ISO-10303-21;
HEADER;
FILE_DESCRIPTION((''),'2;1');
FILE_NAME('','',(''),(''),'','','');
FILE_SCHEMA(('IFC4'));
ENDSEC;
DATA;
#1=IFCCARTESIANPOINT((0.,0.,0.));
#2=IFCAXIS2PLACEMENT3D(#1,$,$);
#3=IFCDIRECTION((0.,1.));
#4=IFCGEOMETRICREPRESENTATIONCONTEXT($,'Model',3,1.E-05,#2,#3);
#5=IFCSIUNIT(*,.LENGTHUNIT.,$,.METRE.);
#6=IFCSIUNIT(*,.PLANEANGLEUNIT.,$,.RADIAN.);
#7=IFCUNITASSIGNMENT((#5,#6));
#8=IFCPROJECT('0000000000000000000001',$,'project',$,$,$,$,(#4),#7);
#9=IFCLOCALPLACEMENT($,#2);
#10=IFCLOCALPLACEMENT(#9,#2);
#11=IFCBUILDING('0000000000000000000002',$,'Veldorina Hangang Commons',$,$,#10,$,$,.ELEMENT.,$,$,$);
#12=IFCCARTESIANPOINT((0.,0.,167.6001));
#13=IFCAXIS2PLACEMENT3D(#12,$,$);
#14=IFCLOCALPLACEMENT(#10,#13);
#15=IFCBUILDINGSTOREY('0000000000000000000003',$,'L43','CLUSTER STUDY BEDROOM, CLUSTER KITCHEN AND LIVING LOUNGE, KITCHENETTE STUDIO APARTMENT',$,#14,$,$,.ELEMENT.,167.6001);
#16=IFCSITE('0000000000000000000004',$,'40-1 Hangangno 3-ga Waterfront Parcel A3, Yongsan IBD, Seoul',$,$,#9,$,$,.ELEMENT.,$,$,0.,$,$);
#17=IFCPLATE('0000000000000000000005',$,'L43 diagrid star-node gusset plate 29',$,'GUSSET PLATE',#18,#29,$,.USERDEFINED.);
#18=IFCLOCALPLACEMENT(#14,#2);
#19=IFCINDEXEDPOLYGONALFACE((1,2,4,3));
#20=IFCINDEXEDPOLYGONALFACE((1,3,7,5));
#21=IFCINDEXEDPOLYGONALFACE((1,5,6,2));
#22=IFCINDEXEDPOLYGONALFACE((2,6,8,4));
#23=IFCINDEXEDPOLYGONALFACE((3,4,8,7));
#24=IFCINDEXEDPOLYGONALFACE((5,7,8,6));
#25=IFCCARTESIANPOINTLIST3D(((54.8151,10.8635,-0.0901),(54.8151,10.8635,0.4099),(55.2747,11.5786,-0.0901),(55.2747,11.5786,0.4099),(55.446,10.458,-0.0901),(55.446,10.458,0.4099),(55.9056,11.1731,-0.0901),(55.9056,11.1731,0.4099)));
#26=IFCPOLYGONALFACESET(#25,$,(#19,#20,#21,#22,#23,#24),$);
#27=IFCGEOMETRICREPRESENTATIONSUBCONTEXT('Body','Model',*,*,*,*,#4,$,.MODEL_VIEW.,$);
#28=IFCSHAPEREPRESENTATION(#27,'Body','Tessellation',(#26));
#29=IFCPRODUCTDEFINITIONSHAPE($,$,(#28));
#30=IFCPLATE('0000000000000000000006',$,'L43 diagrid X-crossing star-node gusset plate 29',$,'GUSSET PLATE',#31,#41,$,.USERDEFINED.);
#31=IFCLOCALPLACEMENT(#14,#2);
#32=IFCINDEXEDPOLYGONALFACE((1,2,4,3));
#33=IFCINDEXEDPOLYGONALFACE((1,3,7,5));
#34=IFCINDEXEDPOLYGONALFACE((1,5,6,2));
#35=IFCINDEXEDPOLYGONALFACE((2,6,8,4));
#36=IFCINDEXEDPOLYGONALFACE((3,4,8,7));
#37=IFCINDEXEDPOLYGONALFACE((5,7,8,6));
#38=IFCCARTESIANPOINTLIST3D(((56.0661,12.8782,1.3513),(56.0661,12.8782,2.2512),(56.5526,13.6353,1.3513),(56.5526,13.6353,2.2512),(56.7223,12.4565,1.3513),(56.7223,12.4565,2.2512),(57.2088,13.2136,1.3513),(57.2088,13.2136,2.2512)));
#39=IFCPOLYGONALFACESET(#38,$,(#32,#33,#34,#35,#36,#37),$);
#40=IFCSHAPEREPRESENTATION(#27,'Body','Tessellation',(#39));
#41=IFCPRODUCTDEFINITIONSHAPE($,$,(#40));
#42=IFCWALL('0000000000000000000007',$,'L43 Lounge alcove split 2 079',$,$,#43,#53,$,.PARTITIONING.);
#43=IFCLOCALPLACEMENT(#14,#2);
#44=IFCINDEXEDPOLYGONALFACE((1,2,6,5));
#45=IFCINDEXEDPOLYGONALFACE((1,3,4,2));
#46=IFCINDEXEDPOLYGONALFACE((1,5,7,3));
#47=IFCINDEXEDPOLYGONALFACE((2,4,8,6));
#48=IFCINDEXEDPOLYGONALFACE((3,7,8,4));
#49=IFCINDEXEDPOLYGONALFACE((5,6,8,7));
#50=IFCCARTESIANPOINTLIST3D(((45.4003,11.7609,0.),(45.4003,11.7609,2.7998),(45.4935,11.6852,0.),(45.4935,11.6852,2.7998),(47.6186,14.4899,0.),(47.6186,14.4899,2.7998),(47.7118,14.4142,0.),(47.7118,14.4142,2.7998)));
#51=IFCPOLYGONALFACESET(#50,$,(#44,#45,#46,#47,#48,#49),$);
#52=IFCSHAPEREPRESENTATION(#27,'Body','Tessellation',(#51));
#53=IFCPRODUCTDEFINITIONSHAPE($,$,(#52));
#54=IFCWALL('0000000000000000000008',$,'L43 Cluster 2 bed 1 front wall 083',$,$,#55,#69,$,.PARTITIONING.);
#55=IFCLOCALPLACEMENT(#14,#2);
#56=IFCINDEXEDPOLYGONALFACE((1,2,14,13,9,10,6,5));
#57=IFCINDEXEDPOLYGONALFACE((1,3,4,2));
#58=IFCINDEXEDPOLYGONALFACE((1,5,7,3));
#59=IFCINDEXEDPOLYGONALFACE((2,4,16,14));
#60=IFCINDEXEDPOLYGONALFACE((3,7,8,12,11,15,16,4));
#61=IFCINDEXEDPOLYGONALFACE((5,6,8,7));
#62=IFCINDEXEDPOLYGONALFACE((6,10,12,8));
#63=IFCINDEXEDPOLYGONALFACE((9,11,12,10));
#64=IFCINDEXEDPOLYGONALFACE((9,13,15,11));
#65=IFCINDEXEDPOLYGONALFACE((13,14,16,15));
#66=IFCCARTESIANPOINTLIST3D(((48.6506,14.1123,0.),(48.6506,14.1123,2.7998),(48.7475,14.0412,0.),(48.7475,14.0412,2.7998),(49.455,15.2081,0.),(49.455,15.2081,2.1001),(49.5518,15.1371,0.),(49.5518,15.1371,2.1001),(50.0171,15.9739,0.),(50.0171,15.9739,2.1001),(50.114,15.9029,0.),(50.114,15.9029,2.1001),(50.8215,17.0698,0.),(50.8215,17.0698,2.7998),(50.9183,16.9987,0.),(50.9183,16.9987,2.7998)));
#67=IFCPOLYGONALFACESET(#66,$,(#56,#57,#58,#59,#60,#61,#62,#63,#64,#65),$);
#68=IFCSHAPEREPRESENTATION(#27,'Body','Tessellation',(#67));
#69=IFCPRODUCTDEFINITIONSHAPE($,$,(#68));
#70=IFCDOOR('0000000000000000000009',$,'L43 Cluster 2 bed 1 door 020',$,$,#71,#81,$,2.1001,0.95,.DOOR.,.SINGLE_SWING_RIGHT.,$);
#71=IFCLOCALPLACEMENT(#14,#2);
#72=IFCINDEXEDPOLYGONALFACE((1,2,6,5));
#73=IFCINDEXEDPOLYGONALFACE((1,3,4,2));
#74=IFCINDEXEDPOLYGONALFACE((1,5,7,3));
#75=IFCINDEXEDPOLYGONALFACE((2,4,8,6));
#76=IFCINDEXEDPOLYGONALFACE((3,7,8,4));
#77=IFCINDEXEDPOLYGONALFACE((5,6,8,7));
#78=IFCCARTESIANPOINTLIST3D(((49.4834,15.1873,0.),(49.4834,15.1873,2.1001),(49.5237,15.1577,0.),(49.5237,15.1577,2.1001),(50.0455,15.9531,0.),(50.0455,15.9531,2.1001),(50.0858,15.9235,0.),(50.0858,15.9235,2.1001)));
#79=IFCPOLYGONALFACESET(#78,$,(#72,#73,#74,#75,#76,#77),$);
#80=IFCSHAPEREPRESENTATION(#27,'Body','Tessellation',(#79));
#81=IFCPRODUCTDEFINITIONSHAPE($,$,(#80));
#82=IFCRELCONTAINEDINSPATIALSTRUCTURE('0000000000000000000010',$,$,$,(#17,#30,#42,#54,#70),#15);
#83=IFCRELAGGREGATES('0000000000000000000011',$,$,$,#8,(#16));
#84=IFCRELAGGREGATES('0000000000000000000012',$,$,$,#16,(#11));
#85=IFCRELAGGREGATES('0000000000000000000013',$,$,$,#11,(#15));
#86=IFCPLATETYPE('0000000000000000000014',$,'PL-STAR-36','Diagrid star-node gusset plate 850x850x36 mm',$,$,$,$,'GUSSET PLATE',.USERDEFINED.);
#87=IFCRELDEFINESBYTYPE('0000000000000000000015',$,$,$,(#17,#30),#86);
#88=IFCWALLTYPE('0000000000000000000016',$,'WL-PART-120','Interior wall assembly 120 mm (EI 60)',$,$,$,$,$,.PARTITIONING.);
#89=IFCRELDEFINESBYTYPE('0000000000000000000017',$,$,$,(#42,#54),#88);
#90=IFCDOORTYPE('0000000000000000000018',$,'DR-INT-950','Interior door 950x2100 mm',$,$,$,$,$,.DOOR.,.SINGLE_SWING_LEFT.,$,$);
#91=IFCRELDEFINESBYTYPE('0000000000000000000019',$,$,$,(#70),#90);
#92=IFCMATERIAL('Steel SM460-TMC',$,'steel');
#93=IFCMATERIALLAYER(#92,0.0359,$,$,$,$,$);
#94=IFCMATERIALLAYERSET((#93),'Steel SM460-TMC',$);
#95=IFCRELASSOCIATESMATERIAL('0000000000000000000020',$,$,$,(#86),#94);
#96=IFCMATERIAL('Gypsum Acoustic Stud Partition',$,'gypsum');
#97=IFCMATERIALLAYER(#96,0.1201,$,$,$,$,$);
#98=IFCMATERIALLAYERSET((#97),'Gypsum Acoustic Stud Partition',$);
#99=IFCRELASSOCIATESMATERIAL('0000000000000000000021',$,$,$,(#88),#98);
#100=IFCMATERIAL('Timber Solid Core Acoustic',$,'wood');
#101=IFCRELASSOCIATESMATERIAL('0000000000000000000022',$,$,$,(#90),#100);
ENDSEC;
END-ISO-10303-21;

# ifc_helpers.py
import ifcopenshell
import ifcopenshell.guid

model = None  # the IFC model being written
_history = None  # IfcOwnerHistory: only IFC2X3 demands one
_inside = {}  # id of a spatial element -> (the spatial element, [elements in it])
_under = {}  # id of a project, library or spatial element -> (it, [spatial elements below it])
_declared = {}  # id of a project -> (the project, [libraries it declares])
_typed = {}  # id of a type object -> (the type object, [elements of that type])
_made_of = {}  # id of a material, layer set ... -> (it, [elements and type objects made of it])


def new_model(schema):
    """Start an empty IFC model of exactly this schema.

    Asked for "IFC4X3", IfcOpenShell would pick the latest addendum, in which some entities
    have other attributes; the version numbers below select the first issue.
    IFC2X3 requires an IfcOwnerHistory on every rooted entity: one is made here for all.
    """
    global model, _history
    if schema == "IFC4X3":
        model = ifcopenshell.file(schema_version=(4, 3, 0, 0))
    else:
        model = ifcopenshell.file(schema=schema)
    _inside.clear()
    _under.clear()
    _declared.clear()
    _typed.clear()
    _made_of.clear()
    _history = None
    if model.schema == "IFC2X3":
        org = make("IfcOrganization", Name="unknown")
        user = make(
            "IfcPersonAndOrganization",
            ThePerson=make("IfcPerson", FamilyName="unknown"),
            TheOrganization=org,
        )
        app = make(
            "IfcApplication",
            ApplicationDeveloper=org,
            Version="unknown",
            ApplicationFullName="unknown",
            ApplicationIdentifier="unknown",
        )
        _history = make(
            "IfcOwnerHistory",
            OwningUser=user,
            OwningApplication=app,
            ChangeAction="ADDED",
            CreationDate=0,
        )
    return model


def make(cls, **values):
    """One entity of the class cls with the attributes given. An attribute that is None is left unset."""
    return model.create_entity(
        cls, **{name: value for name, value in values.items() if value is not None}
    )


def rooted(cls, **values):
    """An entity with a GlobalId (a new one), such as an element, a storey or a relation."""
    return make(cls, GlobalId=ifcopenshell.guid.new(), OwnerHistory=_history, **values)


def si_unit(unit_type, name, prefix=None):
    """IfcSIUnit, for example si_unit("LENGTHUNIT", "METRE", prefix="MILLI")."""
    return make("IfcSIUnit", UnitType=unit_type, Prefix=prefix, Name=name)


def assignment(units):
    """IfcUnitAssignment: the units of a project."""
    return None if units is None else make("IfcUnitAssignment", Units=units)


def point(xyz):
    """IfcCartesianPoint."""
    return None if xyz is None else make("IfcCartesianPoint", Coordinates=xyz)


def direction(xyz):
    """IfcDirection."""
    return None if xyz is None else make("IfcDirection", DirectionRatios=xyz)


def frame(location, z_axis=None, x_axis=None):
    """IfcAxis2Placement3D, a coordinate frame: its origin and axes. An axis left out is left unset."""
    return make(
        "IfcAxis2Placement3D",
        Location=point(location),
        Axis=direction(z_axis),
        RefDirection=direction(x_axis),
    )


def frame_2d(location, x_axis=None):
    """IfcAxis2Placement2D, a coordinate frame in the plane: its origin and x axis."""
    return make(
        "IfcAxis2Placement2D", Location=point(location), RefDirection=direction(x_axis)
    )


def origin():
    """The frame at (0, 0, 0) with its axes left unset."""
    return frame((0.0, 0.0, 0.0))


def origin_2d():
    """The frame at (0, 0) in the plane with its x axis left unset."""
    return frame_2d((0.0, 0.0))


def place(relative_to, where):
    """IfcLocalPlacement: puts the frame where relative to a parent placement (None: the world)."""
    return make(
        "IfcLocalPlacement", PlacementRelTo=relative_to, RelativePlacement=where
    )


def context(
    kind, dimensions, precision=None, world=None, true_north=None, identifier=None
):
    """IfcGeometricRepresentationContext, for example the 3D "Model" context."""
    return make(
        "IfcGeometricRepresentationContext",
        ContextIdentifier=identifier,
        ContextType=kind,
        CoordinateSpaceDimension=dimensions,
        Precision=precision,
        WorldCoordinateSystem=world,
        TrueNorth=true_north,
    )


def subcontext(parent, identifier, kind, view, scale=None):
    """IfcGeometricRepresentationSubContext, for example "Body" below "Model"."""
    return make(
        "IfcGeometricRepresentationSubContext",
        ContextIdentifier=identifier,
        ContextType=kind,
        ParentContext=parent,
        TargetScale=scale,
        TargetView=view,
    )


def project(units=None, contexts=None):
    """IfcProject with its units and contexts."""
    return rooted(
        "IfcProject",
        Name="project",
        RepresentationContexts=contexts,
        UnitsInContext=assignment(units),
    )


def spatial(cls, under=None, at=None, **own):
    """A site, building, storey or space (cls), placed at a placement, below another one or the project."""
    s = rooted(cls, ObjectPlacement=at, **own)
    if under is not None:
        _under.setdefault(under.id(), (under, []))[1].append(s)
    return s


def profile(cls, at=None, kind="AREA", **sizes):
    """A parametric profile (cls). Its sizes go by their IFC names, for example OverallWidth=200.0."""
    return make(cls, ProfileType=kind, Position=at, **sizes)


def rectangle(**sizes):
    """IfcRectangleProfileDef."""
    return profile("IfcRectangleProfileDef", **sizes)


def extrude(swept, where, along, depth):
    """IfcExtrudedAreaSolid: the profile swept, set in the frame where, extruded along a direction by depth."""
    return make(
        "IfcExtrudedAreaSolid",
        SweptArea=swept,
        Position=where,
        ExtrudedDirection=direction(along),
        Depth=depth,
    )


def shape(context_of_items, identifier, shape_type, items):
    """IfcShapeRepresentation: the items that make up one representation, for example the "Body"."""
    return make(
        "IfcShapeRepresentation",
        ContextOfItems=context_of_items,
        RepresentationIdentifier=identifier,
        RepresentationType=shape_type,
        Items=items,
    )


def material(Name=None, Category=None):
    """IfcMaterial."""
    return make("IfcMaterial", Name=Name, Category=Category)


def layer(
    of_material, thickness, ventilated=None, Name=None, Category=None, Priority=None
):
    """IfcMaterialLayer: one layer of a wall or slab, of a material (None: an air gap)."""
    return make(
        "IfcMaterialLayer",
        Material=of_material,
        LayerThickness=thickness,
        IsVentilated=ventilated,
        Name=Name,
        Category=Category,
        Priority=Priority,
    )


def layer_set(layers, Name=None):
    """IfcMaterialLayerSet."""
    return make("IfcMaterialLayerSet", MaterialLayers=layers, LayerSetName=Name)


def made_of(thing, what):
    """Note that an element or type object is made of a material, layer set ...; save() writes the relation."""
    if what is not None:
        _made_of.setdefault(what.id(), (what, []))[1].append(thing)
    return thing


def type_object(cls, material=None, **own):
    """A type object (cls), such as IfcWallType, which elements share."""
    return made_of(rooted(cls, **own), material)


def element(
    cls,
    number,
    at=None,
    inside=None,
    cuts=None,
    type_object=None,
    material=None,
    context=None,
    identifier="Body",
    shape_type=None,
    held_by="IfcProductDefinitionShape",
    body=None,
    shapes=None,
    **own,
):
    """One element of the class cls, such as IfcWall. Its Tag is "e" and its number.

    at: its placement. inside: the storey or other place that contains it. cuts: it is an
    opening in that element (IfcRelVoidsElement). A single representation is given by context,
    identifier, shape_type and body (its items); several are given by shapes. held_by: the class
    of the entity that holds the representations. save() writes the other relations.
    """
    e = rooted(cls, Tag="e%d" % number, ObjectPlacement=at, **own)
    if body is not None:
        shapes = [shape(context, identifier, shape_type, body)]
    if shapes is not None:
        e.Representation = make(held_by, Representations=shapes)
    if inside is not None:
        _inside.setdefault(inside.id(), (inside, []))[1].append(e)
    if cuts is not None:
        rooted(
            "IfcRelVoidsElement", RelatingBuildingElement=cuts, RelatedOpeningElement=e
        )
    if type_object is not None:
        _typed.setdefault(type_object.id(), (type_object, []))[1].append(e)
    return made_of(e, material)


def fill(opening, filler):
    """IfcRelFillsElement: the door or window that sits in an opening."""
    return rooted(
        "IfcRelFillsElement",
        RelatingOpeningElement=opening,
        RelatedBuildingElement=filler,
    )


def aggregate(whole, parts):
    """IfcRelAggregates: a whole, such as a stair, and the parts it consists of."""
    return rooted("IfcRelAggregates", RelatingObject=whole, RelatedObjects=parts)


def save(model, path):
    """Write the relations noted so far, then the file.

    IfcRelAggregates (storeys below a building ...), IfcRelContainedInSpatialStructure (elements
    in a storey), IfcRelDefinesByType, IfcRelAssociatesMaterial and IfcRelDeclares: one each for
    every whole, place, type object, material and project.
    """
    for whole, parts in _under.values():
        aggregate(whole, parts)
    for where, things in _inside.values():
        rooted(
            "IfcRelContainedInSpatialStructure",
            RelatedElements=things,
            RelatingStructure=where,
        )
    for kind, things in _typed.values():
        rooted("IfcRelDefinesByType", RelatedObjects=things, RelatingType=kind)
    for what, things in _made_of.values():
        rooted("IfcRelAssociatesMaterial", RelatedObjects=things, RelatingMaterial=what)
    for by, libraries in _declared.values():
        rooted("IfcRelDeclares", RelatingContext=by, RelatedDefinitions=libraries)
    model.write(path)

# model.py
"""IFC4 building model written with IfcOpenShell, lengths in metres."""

from ifc_helpers import new_model, si_unit, direction, frame, frame_2d, origin, origin_2d, place, context, subcontext, project, spatial, rectangle, extrude, material, layer, layer_set, type_object, element, fill, save


model = new_model("IFC4")

# Units and contexts
model_context = context("Model", 3, precision=1e-05, world=origin(), true_north=direction((0.0, 1.0)))
body_context = subcontext(model_context, "Body", "Model", "MODEL_VIEW")
ifc_project = project(units=[si_unit("LENGTHUNIT", "METRE"), si_unit("PLANEANGLEUNIT", "RADIAN")], contexts=[model_context])

# Site, building, storey
site_placement = place(None, origin())
site = spatial("IfcSite", under=ifc_project, at=site_placement, Name="40-1 Hangangno 3-ga Waterfront Parcel A3, Yongsan IBD, Seoul", CompositionType="ELEMENT", RefElevation=0.0)
building_placement = place(site_placement, origin())
building = spatial("IfcBuilding", under=site, at=building_placement, Name="Veldorina Hangang Commons", CompositionType="ELEMENT")
storey_placement = place(building_placement, frame((0.0, 0.0, 167.6001)))
storey = spatial("IfcBuildingStorey", under=building, at=storey_placement, Name="L43", Description="CLUSTER STUDY BEDROOM, CLUSTER KITCHEN AND LIVING LOUNGE, KITCHENETTE STUDIO APARTMENT", CompositionType="ELEMENT", Elevation=167.6001)

# Plates
ifc_material_1 = material(Name="Steel SM460-TMC", Category="steel")
ifc_layer_1 = layer(ifc_material_1, 0.0359)
ifc_layer_set_1 = layer_set([ifc_layer_1], Name="Steel SM460-TMC")
plate_type_1 = type_object("IfcPlateType", Name="PL-STAR-36", Description="Diagrid star-node gusset plate 850x850x36 mm", ElementType="GUSSET PLATE", PredefinedType="USERDEFINED", material=ifc_layer_set_1)
for number, where, z_axis, x_axis, name in (
    (1, (55.3604, 11.0183, -0.0901), (0.0, 0.0, 1.0), (0.540651, 0.841247, 0.0), "L43 diagrid star-node gusset plate 29"),
):
    element("IfcPlate", number, at=place(storey_placement, frame(where, z_axis=z_axis, x_axis=x_axis)), inside=storey, type_object=plate_type_1, Name=name, ObjectType="GUSSET PLATE", PredefinedType="USERDEFINED", context=body_context, shape_type="SweptSolid", body=[
        extrude(rectangle(XDim=0.8501, YDim=0.75, at=origin_2d()), origin(), (0.0, 0.0, 1.0), 0.5),
    ])
plate_1_placement = place(storey_placement, frame((56.6375, 13.0459, 1.3513), z_axis=(0.0, 0.0, 1.0), x_axis=(0.540651, 0.841247, 0.0)))
element("IfcPlate", 2, at=plate_1_placement, inside=storey, type_object=plate_type_1, Name="L43 diagrid X-crossing star-node gusset plate 29", ObjectType="GUSSET PLATE", PredefinedType="USERDEFINED", context=body_context, shape_type="SweptSolid", body=[
    extrude(rectangle(XDim=0.8999, YDim=0.78, at=origin_2d()), origin(), (0.0, 0.0, 1.0), 0.8999),
])

# Wall
ifc_material_2 = material(Name="Gypsum Acoustic Stud Partition", Category="gypsum")
ifc_layer_2 = layer(ifc_material_2, 0.1201)
ifc_layer_set_2 = layer_set([ifc_layer_2], Name="Gypsum Acoustic Stud Partition")
wall_type_1 = type_object("IfcWallType", Name="WL-PART-120", Description="Interior wall assembly 120 mm (EI 60)", PredefinedType="PARTITIONING", material=ifc_layer_set_2)
wall_1_placement = place(storey_placement, frame((45.447, 11.7231, 0.0), z_axis=(0.0, 0.0, 1.0), x_axis=(0.630755, 0.775982, 0.0)))
element("IfcWall", 3, at=wall_1_placement, inside=storey, type_object=wall_type_1, Name="L43 Lounge alcove split 2 079", PredefinedType="PARTITIONING", context=body_context, shape_type="SweptSolid", body=[
    extrude(rectangle(XDim=3.5168, YDim=0.1201, at=frame_2d((1.7583, 0.0))), origin(), (0.0, 0.0, 1.0), 2.7998),
])

# Wall, opening, door
wall_2_placement = place(storey_placement, frame((48.699, 14.0767, 0.0), z_axis=(0.0, 0.0, 1.0), x_axis=(0.591727, 0.806138, 0.0)))
wall_2 = element("IfcWall", 4, at=wall_2_placement, inside=storey, type_object=wall_type_1, Name="L43 Cluster 2 bed 1 front wall 083", PredefinedType="PARTITIONING", context=body_context, shape_type="SweptSolid", body=[
    extrude(rectangle(XDim=3.6687, YDim=0.1201, at=frame_2d((1.8345, 0.0))), origin(), (0.0, 0.0, 1.0), 2.7998),
])
opening_1_placement = place(wall_2_placement, frame((1.3594, 0.0, 0.0)))
opening_1 = element("IfcOpeningElement", 5, at=opening_1_placement, cuts=wall_2, PredefinedType="OPENING", context=body_context, shape_type="SweptSolid", body=[
    extrude(rectangle(XDim=0.95, YDim=2.1001, at=frame_2d((0.4751, 1.05))), frame((0.0, 0.0701, 0.0), z_axis=(0.0, -1.0, 0.0), x_axis=(1.0, 0.0, 0.0)), (0.0, 0.0, 1.0), 0.1401),
])
ifc_material_3 = material(Name="Timber Solid Core Acoustic", Category="wood")
door_type_1 = type_object("IfcDoorType", Name="DR-INT-950", Description="Interior door 950x2100 mm", OperationType="SINGLE_SWING_LEFT", PredefinedType="DOOR", material=ifc_material_3)
door_1_placement = place(opening_1_placement, origin())
door_1 = element("IfcDoor", 6, at=door_1_placement, inside=storey, type_object=door_type_1, Name="L43 Cluster 2 bed 1 door 020", OperationType="SINGLE_SWING_RIGHT", OverallHeight=2.1001, OverallWidth=0.95, PredefinedType="DOOR", context=body_context, shape_type="SweptSolid", body=[
    extrude(rectangle(XDim=0.95, YDim=2.1001, at=frame_2d((0.4751, 1.05))), frame((0.0, 0.0249, 0.0), z_axis=(0.0, -1.0, 0.0), x_axis=(1.0, 0.0, 0.0)), (0.0, 0.0, 1.0), 0.05),
])
fill(opening_1, door_1)

save(model, "model.ifc")
